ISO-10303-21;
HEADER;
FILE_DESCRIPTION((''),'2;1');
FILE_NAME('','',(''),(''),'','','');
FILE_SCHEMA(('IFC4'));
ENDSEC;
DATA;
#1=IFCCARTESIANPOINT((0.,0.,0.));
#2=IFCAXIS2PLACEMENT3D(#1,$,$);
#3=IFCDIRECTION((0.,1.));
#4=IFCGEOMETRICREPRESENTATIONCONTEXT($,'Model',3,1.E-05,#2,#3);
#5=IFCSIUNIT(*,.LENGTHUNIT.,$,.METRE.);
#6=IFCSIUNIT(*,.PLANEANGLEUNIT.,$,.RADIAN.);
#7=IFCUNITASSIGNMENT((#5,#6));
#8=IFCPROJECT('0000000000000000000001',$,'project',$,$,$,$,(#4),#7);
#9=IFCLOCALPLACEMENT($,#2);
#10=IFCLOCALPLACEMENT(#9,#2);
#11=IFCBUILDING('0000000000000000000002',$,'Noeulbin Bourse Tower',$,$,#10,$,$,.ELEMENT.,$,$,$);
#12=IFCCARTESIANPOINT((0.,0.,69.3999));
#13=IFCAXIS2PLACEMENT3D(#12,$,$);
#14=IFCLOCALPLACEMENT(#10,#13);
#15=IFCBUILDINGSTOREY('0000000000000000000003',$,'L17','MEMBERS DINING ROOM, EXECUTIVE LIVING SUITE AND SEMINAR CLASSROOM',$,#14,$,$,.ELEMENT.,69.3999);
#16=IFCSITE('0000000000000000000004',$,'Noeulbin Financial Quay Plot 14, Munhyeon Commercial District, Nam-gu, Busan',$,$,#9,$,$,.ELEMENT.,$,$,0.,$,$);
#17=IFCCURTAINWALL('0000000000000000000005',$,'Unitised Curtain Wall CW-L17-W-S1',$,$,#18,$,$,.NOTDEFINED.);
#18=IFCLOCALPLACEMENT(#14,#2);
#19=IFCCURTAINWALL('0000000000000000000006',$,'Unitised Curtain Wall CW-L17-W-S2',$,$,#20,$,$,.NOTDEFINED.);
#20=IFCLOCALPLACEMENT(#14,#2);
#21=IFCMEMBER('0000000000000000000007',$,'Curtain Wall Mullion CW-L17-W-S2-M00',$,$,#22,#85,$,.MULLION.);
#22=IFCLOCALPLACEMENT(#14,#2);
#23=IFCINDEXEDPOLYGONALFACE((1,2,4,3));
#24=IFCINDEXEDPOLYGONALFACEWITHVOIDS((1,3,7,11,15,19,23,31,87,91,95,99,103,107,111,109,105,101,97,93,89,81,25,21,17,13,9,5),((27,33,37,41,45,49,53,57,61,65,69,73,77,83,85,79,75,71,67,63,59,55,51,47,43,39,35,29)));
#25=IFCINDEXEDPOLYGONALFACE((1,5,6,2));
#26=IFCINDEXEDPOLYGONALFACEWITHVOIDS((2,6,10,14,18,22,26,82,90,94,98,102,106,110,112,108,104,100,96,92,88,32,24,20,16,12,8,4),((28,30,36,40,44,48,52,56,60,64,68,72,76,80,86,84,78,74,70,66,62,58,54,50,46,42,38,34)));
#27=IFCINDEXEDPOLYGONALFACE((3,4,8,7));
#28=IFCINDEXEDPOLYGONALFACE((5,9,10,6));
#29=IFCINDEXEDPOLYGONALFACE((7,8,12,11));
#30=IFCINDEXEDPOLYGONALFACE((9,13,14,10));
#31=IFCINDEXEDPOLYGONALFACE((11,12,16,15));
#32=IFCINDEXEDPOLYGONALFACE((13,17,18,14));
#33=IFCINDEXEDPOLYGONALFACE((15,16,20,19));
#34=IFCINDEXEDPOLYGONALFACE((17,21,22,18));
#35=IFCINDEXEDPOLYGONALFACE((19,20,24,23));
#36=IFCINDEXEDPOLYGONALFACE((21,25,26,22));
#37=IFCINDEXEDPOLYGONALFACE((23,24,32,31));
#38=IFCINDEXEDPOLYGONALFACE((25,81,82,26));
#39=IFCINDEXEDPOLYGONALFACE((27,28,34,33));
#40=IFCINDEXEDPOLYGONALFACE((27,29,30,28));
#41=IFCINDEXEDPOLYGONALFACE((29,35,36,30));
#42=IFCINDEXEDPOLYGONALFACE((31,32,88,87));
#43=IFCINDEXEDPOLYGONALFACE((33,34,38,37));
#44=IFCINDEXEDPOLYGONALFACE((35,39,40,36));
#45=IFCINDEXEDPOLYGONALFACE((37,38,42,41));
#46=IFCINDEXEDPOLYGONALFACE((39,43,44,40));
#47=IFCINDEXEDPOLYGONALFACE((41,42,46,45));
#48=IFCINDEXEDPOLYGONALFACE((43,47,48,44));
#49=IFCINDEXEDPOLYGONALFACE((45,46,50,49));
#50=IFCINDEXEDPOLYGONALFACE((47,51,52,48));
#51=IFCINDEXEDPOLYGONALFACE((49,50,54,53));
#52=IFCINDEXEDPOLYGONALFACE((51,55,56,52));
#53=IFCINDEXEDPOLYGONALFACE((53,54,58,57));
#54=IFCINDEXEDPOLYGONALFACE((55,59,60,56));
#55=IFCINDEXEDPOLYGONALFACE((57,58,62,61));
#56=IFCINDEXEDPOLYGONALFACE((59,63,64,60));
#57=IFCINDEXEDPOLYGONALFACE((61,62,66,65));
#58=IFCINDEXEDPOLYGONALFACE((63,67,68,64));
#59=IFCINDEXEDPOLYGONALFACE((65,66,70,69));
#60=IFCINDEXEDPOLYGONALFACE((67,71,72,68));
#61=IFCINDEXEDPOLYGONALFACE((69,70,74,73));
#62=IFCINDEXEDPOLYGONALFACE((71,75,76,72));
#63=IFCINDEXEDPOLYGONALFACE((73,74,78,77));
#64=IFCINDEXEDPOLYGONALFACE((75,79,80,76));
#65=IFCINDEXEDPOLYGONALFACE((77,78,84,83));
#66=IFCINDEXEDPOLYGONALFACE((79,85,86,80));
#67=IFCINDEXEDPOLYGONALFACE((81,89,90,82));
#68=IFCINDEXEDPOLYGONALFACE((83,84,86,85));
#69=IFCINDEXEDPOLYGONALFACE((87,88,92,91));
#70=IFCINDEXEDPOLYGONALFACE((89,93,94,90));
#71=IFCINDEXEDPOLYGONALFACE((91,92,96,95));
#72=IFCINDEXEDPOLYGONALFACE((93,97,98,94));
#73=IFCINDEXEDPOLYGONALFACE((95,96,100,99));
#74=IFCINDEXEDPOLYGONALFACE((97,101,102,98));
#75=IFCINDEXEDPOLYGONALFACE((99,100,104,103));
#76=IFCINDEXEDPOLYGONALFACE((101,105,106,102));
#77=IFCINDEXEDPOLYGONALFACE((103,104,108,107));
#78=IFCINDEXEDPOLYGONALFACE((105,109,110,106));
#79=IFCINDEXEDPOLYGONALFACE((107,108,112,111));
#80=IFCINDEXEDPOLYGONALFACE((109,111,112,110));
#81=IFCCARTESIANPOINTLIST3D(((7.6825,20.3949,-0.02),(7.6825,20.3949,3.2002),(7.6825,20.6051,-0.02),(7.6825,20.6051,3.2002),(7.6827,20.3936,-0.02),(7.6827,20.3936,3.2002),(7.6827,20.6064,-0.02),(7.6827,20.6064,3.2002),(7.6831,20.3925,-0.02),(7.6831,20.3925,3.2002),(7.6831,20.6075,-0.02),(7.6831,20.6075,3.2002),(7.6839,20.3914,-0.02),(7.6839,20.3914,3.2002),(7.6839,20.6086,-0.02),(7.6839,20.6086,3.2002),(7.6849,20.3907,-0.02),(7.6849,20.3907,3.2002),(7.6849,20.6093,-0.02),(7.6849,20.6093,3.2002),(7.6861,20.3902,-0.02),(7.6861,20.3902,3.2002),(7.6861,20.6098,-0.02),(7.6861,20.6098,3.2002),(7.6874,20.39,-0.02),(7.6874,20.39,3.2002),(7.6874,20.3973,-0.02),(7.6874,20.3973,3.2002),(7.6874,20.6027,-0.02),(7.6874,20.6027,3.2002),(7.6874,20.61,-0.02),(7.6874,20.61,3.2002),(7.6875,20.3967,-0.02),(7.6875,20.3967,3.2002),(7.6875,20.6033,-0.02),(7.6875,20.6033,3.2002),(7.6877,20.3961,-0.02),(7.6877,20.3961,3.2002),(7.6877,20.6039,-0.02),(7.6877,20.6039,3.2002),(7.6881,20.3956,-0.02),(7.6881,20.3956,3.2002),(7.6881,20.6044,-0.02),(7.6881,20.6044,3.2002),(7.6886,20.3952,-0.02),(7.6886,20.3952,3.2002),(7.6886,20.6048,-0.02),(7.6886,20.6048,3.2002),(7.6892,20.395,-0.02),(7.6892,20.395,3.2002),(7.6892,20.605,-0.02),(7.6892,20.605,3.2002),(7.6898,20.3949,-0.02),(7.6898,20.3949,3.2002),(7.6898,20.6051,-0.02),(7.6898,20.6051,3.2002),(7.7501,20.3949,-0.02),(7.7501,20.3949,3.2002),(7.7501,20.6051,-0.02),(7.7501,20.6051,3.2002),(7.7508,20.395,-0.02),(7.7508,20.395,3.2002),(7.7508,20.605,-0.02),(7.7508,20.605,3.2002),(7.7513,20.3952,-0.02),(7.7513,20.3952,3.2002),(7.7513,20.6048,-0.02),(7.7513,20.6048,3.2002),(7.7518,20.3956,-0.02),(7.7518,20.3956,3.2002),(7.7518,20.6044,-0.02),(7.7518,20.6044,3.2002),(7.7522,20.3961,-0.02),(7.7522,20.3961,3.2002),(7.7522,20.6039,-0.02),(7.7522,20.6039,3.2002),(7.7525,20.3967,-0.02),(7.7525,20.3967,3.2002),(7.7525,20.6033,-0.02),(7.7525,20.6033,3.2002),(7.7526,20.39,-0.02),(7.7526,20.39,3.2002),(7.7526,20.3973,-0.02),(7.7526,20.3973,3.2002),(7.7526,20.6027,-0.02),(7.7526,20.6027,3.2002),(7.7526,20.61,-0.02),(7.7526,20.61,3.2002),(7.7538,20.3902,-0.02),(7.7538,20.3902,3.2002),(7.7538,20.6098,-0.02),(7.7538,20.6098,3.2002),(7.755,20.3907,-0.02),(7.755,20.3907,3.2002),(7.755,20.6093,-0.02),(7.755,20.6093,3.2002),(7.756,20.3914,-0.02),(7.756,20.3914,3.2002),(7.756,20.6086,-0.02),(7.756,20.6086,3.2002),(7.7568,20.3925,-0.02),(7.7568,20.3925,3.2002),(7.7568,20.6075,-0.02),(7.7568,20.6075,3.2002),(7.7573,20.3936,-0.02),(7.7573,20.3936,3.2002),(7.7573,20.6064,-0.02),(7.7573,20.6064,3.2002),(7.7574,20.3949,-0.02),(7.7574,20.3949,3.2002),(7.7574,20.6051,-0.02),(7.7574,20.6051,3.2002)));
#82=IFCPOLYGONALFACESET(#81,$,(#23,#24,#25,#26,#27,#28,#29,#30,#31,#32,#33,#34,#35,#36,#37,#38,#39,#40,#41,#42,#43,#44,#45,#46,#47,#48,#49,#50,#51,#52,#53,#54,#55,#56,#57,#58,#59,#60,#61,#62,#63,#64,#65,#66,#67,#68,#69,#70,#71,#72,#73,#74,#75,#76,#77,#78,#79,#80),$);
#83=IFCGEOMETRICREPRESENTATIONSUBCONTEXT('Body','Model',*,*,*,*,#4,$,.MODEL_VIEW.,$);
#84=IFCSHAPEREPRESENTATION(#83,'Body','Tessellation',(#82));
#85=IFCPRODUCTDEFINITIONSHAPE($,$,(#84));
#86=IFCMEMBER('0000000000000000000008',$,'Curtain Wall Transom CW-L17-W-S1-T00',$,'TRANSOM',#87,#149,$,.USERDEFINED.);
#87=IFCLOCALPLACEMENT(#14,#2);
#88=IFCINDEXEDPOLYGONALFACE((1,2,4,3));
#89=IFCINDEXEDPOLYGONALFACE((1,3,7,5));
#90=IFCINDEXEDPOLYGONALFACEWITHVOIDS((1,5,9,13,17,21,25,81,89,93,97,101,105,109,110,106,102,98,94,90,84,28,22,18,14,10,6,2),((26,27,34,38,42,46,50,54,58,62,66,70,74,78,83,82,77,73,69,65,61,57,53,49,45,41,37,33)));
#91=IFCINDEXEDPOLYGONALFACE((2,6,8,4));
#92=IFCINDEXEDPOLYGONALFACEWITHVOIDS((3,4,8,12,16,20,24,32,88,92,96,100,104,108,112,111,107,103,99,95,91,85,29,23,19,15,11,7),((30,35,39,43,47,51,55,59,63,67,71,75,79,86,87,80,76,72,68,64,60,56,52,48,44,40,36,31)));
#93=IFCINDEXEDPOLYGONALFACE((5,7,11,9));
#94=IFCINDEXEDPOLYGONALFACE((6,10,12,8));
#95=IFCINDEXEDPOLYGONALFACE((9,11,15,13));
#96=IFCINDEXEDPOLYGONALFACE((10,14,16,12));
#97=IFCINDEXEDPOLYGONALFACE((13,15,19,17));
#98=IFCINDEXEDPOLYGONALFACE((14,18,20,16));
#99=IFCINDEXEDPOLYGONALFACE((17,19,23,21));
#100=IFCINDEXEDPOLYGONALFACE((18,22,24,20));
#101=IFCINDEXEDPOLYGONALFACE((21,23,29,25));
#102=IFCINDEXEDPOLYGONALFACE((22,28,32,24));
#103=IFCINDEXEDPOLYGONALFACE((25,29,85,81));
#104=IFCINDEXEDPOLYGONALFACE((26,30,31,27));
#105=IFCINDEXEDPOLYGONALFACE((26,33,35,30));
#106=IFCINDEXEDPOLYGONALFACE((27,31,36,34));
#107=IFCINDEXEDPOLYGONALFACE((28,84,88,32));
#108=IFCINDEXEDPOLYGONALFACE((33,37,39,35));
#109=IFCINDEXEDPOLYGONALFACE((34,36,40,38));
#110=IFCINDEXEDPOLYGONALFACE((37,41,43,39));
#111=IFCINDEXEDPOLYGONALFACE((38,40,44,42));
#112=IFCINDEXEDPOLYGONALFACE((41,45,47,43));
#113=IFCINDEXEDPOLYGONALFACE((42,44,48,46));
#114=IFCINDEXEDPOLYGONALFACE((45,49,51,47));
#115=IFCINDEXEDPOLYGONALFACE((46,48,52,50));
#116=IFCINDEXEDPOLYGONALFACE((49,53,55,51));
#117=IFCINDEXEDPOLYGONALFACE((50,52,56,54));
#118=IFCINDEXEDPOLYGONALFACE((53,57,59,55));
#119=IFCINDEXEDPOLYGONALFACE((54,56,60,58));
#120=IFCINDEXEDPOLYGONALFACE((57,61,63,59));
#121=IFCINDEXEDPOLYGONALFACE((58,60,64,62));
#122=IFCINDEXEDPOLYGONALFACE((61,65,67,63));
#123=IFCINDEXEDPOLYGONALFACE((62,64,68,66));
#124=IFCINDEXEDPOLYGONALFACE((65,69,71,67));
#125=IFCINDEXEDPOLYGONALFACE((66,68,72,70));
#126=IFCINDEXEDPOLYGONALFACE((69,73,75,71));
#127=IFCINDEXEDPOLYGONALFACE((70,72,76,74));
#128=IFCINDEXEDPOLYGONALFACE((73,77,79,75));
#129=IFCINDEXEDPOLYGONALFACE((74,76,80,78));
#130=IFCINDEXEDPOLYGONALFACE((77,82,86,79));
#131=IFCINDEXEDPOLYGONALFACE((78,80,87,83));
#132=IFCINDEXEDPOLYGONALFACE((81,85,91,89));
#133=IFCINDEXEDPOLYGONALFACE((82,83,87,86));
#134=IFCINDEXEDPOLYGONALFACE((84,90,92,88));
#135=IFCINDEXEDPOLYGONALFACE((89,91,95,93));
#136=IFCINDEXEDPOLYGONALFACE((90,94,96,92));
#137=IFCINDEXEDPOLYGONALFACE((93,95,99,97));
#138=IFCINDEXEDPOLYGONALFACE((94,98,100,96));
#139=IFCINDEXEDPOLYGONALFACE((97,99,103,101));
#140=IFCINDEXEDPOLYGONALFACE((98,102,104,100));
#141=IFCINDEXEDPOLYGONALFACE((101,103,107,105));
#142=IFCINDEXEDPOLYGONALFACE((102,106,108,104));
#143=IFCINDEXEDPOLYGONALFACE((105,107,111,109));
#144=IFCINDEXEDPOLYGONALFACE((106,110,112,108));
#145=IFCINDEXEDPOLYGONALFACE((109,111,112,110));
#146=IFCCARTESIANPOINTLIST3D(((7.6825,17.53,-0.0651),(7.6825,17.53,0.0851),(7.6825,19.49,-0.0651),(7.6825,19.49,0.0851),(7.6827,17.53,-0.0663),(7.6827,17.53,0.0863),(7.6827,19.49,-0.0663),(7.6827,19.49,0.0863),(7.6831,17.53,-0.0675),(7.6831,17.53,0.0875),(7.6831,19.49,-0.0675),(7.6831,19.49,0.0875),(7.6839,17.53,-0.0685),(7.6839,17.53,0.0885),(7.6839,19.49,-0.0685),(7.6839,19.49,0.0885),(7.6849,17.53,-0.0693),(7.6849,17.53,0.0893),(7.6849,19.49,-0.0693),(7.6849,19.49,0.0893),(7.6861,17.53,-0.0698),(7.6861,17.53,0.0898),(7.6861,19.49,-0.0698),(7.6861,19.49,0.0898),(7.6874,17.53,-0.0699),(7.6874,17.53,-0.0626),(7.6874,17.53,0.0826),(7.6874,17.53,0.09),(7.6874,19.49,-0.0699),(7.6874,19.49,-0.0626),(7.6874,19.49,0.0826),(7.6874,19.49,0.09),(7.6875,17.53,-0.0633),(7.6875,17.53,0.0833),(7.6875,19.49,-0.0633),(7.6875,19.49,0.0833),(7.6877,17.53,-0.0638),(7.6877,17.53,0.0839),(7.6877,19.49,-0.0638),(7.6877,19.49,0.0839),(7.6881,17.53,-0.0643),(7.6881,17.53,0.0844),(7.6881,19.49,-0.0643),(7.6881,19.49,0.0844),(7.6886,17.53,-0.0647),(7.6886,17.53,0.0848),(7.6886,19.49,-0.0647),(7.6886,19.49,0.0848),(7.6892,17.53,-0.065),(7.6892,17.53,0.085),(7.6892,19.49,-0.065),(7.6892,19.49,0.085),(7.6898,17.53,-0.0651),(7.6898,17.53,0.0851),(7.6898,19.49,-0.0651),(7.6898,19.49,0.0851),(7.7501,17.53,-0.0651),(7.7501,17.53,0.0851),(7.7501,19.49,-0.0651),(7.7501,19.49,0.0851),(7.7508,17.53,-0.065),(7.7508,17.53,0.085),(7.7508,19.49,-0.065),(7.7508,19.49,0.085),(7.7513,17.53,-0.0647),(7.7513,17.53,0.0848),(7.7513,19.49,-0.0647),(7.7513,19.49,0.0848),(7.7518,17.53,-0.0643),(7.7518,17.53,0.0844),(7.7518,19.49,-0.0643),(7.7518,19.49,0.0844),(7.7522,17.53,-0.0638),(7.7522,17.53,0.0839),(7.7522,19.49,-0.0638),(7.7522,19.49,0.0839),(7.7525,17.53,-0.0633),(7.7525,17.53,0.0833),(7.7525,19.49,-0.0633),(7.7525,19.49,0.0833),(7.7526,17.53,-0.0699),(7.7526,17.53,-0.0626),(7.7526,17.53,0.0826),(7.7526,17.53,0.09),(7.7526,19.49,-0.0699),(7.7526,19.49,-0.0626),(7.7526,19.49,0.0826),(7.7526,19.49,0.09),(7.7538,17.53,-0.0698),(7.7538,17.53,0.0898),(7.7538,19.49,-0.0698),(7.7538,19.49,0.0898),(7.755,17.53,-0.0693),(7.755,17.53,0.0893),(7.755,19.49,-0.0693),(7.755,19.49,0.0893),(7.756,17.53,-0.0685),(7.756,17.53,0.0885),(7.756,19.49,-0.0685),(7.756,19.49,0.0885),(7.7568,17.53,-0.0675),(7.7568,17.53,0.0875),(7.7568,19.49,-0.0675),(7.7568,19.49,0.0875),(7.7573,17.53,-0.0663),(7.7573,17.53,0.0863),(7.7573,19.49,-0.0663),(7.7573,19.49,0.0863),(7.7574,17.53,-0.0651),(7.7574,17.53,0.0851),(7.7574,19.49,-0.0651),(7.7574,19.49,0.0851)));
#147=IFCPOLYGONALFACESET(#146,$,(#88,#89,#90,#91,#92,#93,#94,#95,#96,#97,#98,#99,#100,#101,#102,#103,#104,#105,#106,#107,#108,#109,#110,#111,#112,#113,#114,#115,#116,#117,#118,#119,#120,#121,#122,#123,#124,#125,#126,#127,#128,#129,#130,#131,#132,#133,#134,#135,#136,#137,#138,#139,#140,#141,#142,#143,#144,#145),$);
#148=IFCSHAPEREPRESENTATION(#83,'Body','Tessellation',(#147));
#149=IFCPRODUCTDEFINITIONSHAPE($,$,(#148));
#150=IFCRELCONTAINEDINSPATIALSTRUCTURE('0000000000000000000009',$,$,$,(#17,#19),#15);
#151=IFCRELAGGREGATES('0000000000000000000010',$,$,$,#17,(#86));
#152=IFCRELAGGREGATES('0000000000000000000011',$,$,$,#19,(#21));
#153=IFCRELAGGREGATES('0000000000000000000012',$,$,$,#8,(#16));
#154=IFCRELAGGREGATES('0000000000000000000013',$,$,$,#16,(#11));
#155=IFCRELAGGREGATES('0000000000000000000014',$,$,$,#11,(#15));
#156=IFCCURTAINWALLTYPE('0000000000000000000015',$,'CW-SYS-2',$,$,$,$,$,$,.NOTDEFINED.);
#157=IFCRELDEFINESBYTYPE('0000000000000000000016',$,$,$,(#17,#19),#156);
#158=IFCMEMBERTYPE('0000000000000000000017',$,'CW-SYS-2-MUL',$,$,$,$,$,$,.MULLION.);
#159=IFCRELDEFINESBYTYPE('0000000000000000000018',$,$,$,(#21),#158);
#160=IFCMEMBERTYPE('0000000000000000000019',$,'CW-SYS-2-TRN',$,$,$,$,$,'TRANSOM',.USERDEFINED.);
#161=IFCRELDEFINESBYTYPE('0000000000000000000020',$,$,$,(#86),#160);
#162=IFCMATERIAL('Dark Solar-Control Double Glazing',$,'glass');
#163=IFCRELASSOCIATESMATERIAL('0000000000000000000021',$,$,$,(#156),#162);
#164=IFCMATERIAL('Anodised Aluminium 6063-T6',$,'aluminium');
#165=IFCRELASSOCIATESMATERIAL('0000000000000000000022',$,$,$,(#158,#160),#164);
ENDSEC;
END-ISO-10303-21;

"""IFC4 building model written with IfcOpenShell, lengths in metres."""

from ifc_helpers import new_model, si_unit, direction, frame, origin, origin_2d, place, context, subcontext, project, spatial, hollow_rectangle, extrude, material, material_profile, profile_set, type_object, element, aggregate, save


model = new_model("IFC4")

# Units and contexts
model_context = context("Model", 3, precision=1e-05, world=origin(), true_north=direction((0.0, 1.0)))
body_context = subcontext(model_context, "Body", "Model", "MODEL_VIEW")
ifc_project = project(units=[si_unit("LENGTHUNIT", "METRE"), si_unit("PLANEANGLEUNIT", "RADIAN")], contexts=[model_context])

# Site, building, storey
site_placement = place(None, origin())
site = spatial("IfcSite", under=ifc_project, at=site_placement, Name="Noeulbin Financial Quay Plot 14, Munhyeon Commercial District, Nam-gu, Busan", CompositionType="ELEMENT", RefElevation=0.0)
building_placement = place(site_placement, origin())
building = spatial("IfcBuilding", under=site, at=building_placement, Name="Noeulbin Bourse Tower", CompositionType="ELEMENT")
storey_placement = place(building_placement, frame((0.0, 0.0, 69.3999)))
storey = spatial("IfcBuildingStorey", under=building, at=storey_placement, Name="L17", Description="MEMBERS DINING ROOM, EXECUTIVE LIVING SUITE AND SEMINAR CLASSROOM", CompositionType="ELEMENT", Elevation=69.3999)

# Curtain wall
ifc_material_1 = material(Name="Dark Solar-Control Double Glazing", Category="glass")
curtain_wall_type = type_object("IfcCurtainWallType", Name="CW-SYS-2", PredefinedType="NOTDEFINED", material=ifc_material_1)
curtain_wall_1_placement = place(storey_placement, origin())
curtain_wall_1 = element("IfcCurtainWall", 1, at=curtain_wall_1_placement, inside=storey, type_object=curtain_wall_type, Name="Unitised Curtain Wall CW-L17-W-S1", PredefinedType="NOTDEFINED")
ifc_material_2 = material(Name="Anodised Aluminium 6063-T6", Category="aluminium")
ifc_material_profile_1 = material_profile(ifc_material_2, hollow_rectangle(XDim=0.075, YDim=0.22, WallThickness=0.0049, InnerFilletRadius=0.0024, OuterFilletRadius=0.0049, at=origin_2d()), Name="ALU-MULL-75x220x5", Category="LoadBearing")
ifc_profile_set_1 = profile_set([ifc_material_profile_1], Name="Anodised Aluminium 6063-T6")
member_type_1 = type_object("IfcMemberType", Name="CW-SYS-2-MUL", PredefinedType="MULLION", material=ifc_profile_set_1)

# Curtain wall, member
curtain_wall_2_placement = place(storey_placement, origin())
curtain_wall_2 = element("IfcCurtainWall", 2, at=curtain_wall_2_placement, inside=storey, type_object=curtain_wall_type, Name="Unitised Curtain Wall CW-L17-W-S2", PredefinedType="NOTDEFINED")
member_1_placement = place(storey_placement, frame((7.72, 20.5, -0.02), z_axis=(0.0, 0.0, 1.0), x_axis=(1.0, 0.0, 0.0)))
member_1 = element("IfcMember", 3, at=member_1_placement, type_object=member_type_1, Name="Curtain Wall Mullion CW-L17-W-S2-M00", PredefinedType="MULLION", context=body_context, shape_type="SweptSolid", body=[
    extrude(hollow_rectangle(XDim=0.075, YDim=0.22, WallThickness=0.0049, InnerFilletRadius=0.0024, OuterFilletRadius=0.0049, at=origin_2d()), origin(), (0.0, 0.0, 1.0), 3.2202),
])

# Member
ifc_material_profile_2 = material_profile(ifc_material_2, hollow_rectangle(XDim=0.075, YDim=0.1599, WallThickness=0.0049, InnerFilletRadius=0.0024, OuterFilletRadius=0.0049, at=origin_2d()), Name="ALU-TRAN-75x160x5", Category="LoadBearing")
ifc_profile_set_2 = profile_set([ifc_material_profile_2], Name="Anodised Aluminium 6063-T6")
member_type_2 = type_object("IfcMemberType", Name="CW-SYS-2-TRN", ElementType="TRANSOM", PredefinedType="USERDEFINED", material=ifc_profile_set_2)
member_2_placement = place(storey_placement, frame((7.72, 17.53, 0.01), z_axis=(0.0, 1.0, 0.0), x_axis=(-1.0, 0.0, 0.0)))
member_2 = element("IfcMember", 4, at=member_2_placement, type_object=member_type_2, Name="Curtain Wall Transom CW-L17-W-S1-T00", ObjectType="TRANSOM", PredefinedType="USERDEFINED", context=body_context, shape_type="SweptSolid", body=[
    extrude(hollow_rectangle(XDim=0.075, YDim=0.1599, WallThickness=0.0049, InnerFilletRadius=0.0024, OuterFilletRadius=0.0049, at=origin_2d()), origin(), (0.0, 0.0, 1.0), 1.96),
])

aggregate(curtain_wall_1, [member_2])
aggregate(curtain_wall_2, [member_1])

save(model, "model.ifc")
